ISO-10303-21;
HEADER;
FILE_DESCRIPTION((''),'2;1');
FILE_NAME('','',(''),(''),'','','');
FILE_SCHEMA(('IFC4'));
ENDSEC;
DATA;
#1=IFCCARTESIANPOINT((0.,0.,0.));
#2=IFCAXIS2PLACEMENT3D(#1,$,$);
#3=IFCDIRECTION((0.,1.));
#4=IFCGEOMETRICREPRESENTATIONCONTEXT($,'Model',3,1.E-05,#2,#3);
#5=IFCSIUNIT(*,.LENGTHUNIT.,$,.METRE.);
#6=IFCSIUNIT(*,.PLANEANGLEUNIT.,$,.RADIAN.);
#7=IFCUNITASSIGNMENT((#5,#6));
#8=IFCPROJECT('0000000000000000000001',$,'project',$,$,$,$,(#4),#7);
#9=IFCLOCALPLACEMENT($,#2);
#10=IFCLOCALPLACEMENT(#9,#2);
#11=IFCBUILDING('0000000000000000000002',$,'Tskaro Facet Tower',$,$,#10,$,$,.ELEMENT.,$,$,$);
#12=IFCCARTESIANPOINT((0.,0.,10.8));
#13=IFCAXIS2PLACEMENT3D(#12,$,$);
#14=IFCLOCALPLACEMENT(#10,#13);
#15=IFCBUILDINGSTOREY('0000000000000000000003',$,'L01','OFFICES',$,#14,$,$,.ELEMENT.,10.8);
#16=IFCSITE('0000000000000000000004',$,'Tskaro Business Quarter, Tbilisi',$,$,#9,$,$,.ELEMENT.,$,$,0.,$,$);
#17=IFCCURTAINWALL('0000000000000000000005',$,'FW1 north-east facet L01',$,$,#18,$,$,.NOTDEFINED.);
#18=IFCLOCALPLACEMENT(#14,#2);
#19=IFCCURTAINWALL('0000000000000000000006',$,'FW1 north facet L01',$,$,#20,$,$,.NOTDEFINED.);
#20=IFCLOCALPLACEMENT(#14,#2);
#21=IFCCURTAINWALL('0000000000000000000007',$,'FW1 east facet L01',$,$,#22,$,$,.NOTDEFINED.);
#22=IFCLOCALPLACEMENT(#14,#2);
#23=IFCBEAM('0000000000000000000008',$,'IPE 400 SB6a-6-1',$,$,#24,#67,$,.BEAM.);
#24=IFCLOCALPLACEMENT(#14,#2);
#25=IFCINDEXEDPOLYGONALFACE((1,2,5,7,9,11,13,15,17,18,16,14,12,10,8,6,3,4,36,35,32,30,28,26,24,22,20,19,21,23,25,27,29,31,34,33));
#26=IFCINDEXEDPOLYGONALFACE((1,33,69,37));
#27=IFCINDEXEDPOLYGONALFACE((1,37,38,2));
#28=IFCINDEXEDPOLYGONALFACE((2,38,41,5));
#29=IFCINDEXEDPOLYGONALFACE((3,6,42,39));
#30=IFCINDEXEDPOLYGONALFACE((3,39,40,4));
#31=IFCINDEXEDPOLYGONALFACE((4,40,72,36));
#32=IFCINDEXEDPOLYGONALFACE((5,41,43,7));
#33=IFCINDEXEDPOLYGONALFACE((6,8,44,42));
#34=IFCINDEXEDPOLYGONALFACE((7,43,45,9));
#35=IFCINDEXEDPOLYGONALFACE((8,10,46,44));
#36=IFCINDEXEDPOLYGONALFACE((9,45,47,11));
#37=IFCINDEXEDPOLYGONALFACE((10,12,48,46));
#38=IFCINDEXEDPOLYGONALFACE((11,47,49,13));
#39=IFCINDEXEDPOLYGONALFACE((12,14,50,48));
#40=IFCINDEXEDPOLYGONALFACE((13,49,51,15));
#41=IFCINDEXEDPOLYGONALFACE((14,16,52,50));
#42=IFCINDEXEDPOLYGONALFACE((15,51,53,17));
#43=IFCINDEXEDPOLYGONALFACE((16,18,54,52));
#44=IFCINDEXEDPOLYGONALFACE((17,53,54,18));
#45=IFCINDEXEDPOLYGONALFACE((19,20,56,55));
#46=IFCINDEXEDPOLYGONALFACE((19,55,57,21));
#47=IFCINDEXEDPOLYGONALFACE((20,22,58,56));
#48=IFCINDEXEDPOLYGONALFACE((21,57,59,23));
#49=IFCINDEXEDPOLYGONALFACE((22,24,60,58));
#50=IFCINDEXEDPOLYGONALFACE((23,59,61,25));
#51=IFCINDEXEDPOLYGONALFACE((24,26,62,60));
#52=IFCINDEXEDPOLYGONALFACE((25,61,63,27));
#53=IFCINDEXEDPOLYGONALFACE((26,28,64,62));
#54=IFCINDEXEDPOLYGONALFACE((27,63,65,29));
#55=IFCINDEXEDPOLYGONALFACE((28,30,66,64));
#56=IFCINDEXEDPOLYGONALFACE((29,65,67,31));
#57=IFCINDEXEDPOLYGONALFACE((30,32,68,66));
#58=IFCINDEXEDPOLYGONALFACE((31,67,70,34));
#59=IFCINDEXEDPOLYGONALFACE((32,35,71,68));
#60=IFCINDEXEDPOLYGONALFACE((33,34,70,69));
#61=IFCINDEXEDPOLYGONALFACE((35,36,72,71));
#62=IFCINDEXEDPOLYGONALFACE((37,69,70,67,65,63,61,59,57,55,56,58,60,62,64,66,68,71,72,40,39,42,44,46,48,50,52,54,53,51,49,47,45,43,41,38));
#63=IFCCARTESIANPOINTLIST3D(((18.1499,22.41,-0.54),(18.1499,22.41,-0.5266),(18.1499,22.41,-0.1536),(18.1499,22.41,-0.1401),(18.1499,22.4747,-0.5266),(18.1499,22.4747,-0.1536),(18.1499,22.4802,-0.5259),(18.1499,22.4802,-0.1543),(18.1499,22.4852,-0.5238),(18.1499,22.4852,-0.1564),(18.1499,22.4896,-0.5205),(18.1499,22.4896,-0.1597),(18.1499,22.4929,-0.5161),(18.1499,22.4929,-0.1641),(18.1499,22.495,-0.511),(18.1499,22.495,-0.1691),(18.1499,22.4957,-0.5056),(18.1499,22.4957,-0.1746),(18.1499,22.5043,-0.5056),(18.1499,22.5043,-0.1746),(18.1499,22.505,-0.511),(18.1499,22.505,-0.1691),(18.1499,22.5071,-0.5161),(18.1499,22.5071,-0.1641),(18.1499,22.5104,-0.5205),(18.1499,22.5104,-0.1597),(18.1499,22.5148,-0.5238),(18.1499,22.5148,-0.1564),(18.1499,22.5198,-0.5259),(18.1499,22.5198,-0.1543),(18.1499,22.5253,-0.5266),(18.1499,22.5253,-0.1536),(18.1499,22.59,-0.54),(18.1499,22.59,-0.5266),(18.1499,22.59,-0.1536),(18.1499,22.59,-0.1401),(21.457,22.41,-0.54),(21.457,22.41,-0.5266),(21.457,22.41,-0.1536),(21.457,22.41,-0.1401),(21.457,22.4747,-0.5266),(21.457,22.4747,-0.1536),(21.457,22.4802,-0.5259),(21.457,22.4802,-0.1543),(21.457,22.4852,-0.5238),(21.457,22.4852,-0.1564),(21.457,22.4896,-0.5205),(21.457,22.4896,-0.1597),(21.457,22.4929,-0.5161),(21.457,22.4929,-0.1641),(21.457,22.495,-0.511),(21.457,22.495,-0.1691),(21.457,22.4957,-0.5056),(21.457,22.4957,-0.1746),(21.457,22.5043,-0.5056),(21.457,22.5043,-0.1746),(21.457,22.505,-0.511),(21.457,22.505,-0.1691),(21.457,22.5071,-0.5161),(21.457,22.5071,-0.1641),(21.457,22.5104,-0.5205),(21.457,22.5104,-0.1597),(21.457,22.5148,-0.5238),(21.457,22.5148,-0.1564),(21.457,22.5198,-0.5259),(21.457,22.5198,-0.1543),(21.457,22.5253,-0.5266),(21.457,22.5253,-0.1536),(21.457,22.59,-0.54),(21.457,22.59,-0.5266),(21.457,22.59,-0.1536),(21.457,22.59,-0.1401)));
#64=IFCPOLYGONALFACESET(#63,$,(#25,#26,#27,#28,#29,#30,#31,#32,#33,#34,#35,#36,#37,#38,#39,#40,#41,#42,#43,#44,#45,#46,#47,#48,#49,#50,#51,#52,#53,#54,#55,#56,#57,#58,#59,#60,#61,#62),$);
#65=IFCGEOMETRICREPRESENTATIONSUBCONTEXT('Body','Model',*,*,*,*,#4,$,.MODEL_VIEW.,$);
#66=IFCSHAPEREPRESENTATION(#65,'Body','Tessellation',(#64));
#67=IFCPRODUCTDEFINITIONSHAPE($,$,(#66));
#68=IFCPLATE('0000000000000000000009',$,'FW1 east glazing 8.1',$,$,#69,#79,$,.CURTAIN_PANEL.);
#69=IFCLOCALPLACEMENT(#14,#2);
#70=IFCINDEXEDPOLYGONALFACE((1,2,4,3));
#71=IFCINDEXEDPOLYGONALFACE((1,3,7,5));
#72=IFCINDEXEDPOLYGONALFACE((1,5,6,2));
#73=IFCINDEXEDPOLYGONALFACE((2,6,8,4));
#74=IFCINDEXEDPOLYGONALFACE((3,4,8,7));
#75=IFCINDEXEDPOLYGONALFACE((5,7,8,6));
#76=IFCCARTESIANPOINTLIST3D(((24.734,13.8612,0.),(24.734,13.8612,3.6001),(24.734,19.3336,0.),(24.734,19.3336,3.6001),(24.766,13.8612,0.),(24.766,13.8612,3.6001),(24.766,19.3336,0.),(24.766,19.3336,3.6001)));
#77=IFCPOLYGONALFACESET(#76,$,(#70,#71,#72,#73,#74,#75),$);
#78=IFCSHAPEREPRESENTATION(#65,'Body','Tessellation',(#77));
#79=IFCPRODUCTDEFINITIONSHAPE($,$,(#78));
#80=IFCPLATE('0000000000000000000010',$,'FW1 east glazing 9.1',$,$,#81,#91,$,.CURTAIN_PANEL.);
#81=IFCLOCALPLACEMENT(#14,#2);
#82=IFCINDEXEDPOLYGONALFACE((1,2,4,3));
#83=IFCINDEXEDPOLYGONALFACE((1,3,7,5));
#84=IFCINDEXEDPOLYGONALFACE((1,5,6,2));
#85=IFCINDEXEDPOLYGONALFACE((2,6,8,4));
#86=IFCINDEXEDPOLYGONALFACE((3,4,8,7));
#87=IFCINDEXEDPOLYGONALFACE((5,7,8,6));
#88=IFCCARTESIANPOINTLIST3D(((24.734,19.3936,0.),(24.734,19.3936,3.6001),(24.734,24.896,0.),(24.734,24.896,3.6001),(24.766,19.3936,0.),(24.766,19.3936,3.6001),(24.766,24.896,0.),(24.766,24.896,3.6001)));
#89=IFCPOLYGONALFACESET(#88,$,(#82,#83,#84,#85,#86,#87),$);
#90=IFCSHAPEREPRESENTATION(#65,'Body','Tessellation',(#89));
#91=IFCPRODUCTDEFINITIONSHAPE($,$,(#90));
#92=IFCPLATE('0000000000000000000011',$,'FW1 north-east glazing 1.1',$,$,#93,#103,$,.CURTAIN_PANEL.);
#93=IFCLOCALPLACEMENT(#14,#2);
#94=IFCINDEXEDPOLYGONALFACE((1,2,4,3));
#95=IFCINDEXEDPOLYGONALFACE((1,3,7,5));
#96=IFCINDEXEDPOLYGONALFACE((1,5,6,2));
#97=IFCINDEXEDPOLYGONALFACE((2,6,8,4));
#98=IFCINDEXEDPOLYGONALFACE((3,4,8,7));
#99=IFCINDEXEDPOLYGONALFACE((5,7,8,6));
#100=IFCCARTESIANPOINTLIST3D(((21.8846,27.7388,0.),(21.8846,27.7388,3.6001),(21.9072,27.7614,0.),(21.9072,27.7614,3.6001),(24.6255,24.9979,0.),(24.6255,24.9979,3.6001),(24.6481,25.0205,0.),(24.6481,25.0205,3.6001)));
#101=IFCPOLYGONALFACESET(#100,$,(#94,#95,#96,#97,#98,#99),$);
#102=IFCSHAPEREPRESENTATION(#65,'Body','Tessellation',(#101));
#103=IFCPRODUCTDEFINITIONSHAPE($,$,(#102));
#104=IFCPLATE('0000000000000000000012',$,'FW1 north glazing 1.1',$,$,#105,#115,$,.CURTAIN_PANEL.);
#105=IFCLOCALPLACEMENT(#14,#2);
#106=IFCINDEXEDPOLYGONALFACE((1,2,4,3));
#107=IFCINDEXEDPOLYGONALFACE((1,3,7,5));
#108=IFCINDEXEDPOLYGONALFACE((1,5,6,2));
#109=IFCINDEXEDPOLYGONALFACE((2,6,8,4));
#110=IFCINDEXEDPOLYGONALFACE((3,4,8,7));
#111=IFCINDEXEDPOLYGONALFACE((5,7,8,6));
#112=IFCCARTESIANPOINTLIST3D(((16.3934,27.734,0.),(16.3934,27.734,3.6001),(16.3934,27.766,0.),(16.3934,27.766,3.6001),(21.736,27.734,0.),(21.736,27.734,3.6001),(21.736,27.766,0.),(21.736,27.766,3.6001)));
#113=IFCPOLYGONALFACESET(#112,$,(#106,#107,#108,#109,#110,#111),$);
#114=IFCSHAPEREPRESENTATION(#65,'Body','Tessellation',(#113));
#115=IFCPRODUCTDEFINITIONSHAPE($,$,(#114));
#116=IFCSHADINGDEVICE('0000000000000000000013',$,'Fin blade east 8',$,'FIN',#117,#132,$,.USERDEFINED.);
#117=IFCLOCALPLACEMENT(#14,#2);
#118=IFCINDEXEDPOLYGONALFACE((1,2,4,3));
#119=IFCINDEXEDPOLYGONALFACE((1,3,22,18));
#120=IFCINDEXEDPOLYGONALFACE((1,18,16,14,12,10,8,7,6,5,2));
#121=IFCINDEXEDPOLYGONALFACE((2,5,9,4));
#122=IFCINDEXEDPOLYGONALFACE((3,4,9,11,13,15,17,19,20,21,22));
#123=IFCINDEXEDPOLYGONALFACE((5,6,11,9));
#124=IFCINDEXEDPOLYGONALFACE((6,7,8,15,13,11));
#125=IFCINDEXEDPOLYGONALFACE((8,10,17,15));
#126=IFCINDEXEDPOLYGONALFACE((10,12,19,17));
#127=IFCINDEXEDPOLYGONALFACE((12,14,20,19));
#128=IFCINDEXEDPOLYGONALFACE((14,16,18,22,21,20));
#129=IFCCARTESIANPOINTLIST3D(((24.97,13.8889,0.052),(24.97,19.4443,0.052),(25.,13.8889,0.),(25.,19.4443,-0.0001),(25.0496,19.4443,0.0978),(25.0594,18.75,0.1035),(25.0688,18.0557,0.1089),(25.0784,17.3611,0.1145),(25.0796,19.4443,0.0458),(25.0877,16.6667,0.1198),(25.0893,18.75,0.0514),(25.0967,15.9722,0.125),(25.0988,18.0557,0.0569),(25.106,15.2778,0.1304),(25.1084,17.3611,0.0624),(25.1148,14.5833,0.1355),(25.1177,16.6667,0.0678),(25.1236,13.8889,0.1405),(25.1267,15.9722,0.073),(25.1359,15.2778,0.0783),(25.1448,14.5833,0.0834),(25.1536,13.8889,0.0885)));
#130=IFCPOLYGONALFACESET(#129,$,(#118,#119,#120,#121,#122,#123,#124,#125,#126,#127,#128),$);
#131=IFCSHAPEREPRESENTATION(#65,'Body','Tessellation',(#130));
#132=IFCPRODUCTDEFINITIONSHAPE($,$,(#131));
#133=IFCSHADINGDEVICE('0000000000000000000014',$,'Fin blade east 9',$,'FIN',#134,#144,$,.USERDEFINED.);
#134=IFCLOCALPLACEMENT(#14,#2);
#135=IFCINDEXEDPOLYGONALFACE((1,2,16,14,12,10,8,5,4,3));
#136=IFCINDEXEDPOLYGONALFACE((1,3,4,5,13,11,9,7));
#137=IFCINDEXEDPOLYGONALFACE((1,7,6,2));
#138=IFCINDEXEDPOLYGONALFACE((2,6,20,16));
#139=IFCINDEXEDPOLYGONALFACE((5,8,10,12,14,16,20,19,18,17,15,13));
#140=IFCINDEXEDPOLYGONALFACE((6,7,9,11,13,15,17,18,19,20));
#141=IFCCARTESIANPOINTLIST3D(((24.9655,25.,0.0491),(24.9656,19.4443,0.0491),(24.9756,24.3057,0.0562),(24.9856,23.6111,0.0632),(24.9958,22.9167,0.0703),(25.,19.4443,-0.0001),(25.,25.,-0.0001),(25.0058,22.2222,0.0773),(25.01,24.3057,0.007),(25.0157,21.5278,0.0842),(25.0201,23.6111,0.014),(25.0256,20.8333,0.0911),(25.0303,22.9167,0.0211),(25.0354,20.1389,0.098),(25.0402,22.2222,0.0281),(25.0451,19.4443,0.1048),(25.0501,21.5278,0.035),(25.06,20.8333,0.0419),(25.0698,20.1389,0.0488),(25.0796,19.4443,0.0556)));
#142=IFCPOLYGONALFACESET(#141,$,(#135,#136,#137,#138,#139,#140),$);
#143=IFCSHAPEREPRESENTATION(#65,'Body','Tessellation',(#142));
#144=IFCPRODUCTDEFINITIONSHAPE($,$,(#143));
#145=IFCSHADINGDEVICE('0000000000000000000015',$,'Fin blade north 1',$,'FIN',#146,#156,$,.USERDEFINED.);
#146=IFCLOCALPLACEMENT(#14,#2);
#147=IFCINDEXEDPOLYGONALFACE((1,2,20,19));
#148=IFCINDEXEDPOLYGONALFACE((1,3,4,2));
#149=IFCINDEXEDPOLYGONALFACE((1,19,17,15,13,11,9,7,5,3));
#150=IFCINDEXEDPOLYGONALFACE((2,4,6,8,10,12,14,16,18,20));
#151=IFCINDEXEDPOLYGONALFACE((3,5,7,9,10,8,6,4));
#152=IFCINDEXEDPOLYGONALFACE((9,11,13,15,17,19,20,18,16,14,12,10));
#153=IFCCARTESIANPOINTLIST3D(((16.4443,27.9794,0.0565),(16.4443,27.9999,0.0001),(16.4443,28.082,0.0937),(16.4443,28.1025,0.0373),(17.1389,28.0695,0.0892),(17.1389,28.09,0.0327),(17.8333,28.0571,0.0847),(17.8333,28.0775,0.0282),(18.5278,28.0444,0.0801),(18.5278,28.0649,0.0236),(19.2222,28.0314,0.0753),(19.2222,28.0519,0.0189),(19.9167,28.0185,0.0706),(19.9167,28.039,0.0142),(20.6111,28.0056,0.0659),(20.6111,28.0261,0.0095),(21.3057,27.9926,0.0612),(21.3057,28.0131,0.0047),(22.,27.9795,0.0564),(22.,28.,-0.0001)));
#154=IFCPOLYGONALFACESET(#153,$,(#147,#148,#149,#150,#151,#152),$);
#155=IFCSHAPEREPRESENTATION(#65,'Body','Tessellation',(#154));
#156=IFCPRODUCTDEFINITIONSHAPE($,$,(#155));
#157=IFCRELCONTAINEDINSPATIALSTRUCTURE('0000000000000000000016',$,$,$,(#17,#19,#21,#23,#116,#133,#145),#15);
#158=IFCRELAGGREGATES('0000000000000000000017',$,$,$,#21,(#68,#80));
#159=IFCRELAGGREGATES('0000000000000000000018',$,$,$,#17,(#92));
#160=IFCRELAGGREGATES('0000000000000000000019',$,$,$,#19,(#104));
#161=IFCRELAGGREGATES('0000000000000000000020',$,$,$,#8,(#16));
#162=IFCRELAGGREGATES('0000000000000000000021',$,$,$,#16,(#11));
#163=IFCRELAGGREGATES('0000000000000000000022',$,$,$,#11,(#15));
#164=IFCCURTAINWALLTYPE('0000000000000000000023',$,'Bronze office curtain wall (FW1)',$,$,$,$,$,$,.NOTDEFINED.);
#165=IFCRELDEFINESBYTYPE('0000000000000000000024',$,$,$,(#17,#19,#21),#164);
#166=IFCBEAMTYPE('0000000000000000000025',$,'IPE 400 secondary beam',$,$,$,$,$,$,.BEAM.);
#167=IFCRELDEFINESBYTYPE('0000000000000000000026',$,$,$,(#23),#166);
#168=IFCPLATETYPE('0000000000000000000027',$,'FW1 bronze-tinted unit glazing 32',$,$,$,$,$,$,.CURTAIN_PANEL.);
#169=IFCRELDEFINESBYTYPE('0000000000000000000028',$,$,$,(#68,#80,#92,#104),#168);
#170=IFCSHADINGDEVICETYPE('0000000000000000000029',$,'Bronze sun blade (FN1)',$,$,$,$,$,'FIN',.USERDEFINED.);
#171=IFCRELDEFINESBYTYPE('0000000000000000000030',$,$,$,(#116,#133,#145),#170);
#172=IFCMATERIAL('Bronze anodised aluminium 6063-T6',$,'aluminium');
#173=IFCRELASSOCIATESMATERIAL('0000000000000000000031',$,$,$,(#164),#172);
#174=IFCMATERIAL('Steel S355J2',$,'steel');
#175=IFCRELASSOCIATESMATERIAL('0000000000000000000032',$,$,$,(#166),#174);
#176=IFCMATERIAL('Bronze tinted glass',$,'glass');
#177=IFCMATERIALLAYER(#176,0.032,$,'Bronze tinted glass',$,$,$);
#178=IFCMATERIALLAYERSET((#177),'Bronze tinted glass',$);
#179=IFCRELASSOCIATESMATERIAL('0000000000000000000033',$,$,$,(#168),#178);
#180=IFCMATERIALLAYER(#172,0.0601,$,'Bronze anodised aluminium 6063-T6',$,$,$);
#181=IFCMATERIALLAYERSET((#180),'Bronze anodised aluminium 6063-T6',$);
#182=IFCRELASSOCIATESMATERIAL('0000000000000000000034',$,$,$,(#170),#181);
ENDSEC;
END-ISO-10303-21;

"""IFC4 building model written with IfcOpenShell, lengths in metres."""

from ifc_helpers import new_model, si_unit, direction, frame, origin, origin_2d, place, context, subcontext, project, spatial, polyline, rectangle, i_section, outline, extrude, material, layer, layer_set, material_profile, profile_set, type_object, element, aggregate, save


model = new_model("IFC4")

# Units and contexts
model_context = context("Model", 3, precision=1e-05, world=origin(), true_north=direction((0.0, 1.0)))
body_context = subcontext(model_context, "Body", "Model", "MODEL_VIEW")
ifc_project = project(units=[si_unit("LENGTHUNIT", "METRE"), si_unit("PLANEANGLEUNIT", "RADIAN")], contexts=[model_context])

# Site, building, storey
site_placement = place(None, origin())
site = spatial("IfcSite", under=ifc_project, at=site_placement, Name="Tskaro Business Quarter, Tbilisi", CompositionType="ELEMENT", RefElevation=0.0)
building_placement = place(site_placement, origin())
building = spatial("IfcBuilding", under=site, at=building_placement, Name="Tskaro Facet Tower", CompositionType="ELEMENT")
storey_placement = place(building_placement, frame((0.0, 0.0, 10.8)))
storey = spatial("IfcBuildingStorey", under=building, at=storey_placement, Name="L01", Description="OFFICES", CompositionType="ELEMENT", Elevation=10.8)

# Curtain walls
ifc_material_1 = material(Name="Bronze anodised aluminium 6063-T6", Category="aluminium")
curtain_wall_type = type_object("IfcCurtainWallType", Name="Bronze office curtain wall (FW1)", PredefinedType="NOTDEFINED", material=ifc_material_1)
curtain_wall_1_placement = place(storey_placement, origin())
curtain_wall_1 = element("IfcCurtainWall", 1, at=curtain_wall_1_placement, inside=storey, type_object=curtain_wall_type, Name="FW1 north-east facet L01", PredefinedType="NOTDEFINED")
curtain_wall_2_placement = place(storey_placement, origin())
curtain_wall_2 = element("IfcCurtainWall", 2, at=curtain_wall_2_placement, inside=storey, type_object=curtain_wall_type, Name="FW1 north facet L01", PredefinedType="NOTDEFINED")

# Curtain wall
curtain_wall_3_placement = place(storey_placement, origin())
curtain_wall_3 = element("IfcCurtainWall", 3, at=curtain_wall_3_placement, inside=storey, type_object=curtain_wall_type, Name="FW1 east facet L01", PredefinedType="NOTDEFINED")

# Beam
ifc_material_2 = material(Name="Steel S355J2", Category="steel")
ifc_material_profile_1 = material_profile(ifc_material_2, i_section(OverallWidth=0.1799, OverallDepth=0.3999, WebThickness=0.0085, FlangeThickness=0.0134, FilletRadius=0.021, at=origin_2d()), Name="IPE 400")
ifc_profile_set_1 = profile_set([ifc_material_profile_1], Name="Steel S355J2")
beam_type_1 = type_object("IfcBeamType", Name="IPE 400 secondary beam", PredefinedType="BEAM", material=ifc_profile_set_1)
beam_1_placement = place(storey_placement, frame((18.1499, 22.5, -0.3401), z_axis=(1.0, 0.0, 0.0), x_axis=(0.0, 1.0, 0.0)))
element("IfcBeam", 4, at=beam_1_placement, inside=storey, type_object=beam_type_1, Name="IPE 400 SB6a-6-1", PredefinedType="BEAM", context=body_context, shape_type="SweptSolid", body=[
    extrude(i_section(OverallWidth=0.1799, OverallDepth=0.3999, WebThickness=0.0085, FlangeThickness=0.0134, FilletRadius=0.021, at=origin_2d()), origin(), (0.0, 0.0, 1.0), 3.3071),
])

# Plates
ifc_material_3 = material(Name="Bronze tinted glass", Category="glass")
ifc_layer_1 = layer(ifc_material_3, 0.032, Name="Bronze tinted glass")
ifc_layer_set_1 = layer_set([ifc_layer_1], Name="Bronze tinted glass")
plate_type = type_object("IfcPlateType", Name="FW1 bronze-tinted unit glazing 32", PredefinedType="CURTAIN_PANEL", material=ifc_layer_set_1)
plate_1_placement = place(storey_placement, frame((24.75, 16.5974, 0.0), z_axis=(0.0, 0.0, 1.0), x_axis=(0.0, 1.0, 0.0)))
plate_1 = element("IfcPlate", 5, at=plate_1_placement, type_object=plate_type, Name="FW1 east glazing 8.1", PredefinedType="CURTAIN_PANEL", context=body_context, shape_type="SweptSolid", body=[
    extrude(rectangle(XDim=5.4724, YDim=0.032, at=origin_2d()), origin(), (0.0, 0.0, 1.0), 3.6001),
])
plate_2_placement = place(storey_placement, frame((24.75, 22.1448, 0.0), z_axis=(0.0, 0.0, 1.0), x_axis=(0.0, 1.0, 0.0)))
plate_2 = element("IfcPlate", 6, at=plate_2_placement, type_object=plate_type, Name="FW1 east glazing 9.1", PredefinedType="CURTAIN_PANEL", context=body_context, shape_type="SweptSolid", body=[
    extrude(rectangle(XDim=5.5024, YDim=0.032, at=origin_2d()), origin(), (0.0, 0.0, 1.0), 3.6001),
])
aggregate(curtain_wall_3, [plate_1, plate_2])
plate_3_placement = place(storey_placement, frame((23.2664, 26.3796, 0.0), z_axis=(0.0, 0.0, 1.0), x_axis=(-0.707107, 0.707107, 0.0)))
plate_3 = element("IfcPlate", 7, at=plate_3_placement, type_object=plate_type, Name="FW1 north-east glazing 1.1", PredefinedType="CURTAIN_PANEL", context=body_context, shape_type="SweptSolid", body=[
    extrude(rectangle(XDim=3.8762, YDim=0.032, at=origin_2d()), origin(), (0.0, 0.0, 1.0), 3.6001),
])
aggregate(curtain_wall_1, [plate_3])
plate_4_placement = place(storey_placement, frame((19.0647, 27.75, 0.0), z_axis=(0.0, 0.0, 1.0), x_axis=(-1.0, 0.0, 0.0)))
plate_4 = element("IfcPlate", 8, at=plate_4_placement, type_object=plate_type, Name="FW1 north glazing 1.1", PredefinedType="CURTAIN_PANEL", context=body_context, shape_type="SweptSolid", body=[
    extrude(rectangle(XDim=5.3425, YDim=0.032, at=origin_2d()), origin(), (0.0, 0.0, 1.0), 3.6001),
])
aggregate(curtain_wall_2, [plate_4])

# Shading devices
ifc_layer_2 = layer(ifc_material_1, 0.0601, Name="Bronze anodised aluminium 6063-T6")
ifc_layer_set_2 = layer_set([ifc_layer_2], Name="Bronze anodised aluminium 6063-T6")
shading_device_type = type_object("IfcShadingDeviceType", Name="Bronze sun blade (FN1)", ElementType="FIN", PredefinedType="USERDEFINED", material=ifc_layer_set_2)
shading_device_1_placement = place(storey_placement, frame((24.97, 13.8889, 0.052), z_axis=(-0.4994, 0.00001, 0.866371), x_axis=(0.000005, 1.0, -0.000008)))
element("IfcShadingDevice", 9, at=shading_device_1_placement, inside=storey, type_object=shading_device_type, Name="Fin blade east 8", ObjectType="FIN", PredefinedType="USERDEFINED", context=body_context, shape_type="SweptSolid", body=[
    extrude(outline(polyline([(0.0, 0.0), (5.5554, 0.0), (5.5554, -0.0919), (4.8611, -0.1031), (4.1667, -0.1141), (3.4722, -0.1251), (2.7778, -0.1358), (2.0833, -0.1462), (1.3889, -0.157), (0.6943, -0.1671), (0.0, -0.1773), (0.0, 0.0)])), origin(), (0.0, 0.0, -1.0), 0.0601),
])
shading_device_2_placement = place(storey_placement, frame((24.9656, 19.4443, 0.0491), z_axis=(-0.573714, -0.000013, 0.819056), x_axis=(-0.000007, 1.0, 0.00001)))
element("IfcShadingDevice", 10, at=shading_device_2_placement, inside=storey, type_object=shading_device_type, Name="Fin blade east 9", ObjectType="FIN", PredefinedType="USERDEFINED", context=body_context, shape_type="SweptSolid", body=[
    extrude(outline(polyline([(0.0, 0.0), (5.5557, 0.0), (4.8613, -0.0123), (4.1667, -0.0245), (3.4724, -0.037), (2.7778, -0.0491), (2.0835, -0.0612), (1.3889, -0.0733), (0.6946, -0.0852), (0.0, -0.0971), (0.0, 0.0)])), origin(), (0.0, 0.0, -1.0), 0.0601),
])
shading_device_3_placement = place(storey_placement, frame((22.0, 27.9795, 0.0564), z_axis=(0.000027, -0.340965, 0.940076), x_axis=(-1.0, -0.000009, 0.000026)))
element("IfcShadingDevice", 11, at=shading_device_3_placement, inside=storey, type_object=shading_device_type, Name="Fin blade north 1", ObjectType="FIN", PredefinedType="USERDEFINED", context=body_context, shape_type="SweptSolid", body=[
    extrude(outline(polyline([(0.0, 0.0), (5.5557, 0.0), (5.5557, -0.1091), (4.8611, -0.0958), (4.1667, -0.0826), (3.4722, -0.0691), (2.7778, -0.0553), (2.0833, -0.0415), (1.3889, -0.0278), (0.6943, -0.014), (0.0, 0.0)])), origin(), (0.0, 0.0, -1.0), 0.0601),
])

save(model, "model.ifc")
